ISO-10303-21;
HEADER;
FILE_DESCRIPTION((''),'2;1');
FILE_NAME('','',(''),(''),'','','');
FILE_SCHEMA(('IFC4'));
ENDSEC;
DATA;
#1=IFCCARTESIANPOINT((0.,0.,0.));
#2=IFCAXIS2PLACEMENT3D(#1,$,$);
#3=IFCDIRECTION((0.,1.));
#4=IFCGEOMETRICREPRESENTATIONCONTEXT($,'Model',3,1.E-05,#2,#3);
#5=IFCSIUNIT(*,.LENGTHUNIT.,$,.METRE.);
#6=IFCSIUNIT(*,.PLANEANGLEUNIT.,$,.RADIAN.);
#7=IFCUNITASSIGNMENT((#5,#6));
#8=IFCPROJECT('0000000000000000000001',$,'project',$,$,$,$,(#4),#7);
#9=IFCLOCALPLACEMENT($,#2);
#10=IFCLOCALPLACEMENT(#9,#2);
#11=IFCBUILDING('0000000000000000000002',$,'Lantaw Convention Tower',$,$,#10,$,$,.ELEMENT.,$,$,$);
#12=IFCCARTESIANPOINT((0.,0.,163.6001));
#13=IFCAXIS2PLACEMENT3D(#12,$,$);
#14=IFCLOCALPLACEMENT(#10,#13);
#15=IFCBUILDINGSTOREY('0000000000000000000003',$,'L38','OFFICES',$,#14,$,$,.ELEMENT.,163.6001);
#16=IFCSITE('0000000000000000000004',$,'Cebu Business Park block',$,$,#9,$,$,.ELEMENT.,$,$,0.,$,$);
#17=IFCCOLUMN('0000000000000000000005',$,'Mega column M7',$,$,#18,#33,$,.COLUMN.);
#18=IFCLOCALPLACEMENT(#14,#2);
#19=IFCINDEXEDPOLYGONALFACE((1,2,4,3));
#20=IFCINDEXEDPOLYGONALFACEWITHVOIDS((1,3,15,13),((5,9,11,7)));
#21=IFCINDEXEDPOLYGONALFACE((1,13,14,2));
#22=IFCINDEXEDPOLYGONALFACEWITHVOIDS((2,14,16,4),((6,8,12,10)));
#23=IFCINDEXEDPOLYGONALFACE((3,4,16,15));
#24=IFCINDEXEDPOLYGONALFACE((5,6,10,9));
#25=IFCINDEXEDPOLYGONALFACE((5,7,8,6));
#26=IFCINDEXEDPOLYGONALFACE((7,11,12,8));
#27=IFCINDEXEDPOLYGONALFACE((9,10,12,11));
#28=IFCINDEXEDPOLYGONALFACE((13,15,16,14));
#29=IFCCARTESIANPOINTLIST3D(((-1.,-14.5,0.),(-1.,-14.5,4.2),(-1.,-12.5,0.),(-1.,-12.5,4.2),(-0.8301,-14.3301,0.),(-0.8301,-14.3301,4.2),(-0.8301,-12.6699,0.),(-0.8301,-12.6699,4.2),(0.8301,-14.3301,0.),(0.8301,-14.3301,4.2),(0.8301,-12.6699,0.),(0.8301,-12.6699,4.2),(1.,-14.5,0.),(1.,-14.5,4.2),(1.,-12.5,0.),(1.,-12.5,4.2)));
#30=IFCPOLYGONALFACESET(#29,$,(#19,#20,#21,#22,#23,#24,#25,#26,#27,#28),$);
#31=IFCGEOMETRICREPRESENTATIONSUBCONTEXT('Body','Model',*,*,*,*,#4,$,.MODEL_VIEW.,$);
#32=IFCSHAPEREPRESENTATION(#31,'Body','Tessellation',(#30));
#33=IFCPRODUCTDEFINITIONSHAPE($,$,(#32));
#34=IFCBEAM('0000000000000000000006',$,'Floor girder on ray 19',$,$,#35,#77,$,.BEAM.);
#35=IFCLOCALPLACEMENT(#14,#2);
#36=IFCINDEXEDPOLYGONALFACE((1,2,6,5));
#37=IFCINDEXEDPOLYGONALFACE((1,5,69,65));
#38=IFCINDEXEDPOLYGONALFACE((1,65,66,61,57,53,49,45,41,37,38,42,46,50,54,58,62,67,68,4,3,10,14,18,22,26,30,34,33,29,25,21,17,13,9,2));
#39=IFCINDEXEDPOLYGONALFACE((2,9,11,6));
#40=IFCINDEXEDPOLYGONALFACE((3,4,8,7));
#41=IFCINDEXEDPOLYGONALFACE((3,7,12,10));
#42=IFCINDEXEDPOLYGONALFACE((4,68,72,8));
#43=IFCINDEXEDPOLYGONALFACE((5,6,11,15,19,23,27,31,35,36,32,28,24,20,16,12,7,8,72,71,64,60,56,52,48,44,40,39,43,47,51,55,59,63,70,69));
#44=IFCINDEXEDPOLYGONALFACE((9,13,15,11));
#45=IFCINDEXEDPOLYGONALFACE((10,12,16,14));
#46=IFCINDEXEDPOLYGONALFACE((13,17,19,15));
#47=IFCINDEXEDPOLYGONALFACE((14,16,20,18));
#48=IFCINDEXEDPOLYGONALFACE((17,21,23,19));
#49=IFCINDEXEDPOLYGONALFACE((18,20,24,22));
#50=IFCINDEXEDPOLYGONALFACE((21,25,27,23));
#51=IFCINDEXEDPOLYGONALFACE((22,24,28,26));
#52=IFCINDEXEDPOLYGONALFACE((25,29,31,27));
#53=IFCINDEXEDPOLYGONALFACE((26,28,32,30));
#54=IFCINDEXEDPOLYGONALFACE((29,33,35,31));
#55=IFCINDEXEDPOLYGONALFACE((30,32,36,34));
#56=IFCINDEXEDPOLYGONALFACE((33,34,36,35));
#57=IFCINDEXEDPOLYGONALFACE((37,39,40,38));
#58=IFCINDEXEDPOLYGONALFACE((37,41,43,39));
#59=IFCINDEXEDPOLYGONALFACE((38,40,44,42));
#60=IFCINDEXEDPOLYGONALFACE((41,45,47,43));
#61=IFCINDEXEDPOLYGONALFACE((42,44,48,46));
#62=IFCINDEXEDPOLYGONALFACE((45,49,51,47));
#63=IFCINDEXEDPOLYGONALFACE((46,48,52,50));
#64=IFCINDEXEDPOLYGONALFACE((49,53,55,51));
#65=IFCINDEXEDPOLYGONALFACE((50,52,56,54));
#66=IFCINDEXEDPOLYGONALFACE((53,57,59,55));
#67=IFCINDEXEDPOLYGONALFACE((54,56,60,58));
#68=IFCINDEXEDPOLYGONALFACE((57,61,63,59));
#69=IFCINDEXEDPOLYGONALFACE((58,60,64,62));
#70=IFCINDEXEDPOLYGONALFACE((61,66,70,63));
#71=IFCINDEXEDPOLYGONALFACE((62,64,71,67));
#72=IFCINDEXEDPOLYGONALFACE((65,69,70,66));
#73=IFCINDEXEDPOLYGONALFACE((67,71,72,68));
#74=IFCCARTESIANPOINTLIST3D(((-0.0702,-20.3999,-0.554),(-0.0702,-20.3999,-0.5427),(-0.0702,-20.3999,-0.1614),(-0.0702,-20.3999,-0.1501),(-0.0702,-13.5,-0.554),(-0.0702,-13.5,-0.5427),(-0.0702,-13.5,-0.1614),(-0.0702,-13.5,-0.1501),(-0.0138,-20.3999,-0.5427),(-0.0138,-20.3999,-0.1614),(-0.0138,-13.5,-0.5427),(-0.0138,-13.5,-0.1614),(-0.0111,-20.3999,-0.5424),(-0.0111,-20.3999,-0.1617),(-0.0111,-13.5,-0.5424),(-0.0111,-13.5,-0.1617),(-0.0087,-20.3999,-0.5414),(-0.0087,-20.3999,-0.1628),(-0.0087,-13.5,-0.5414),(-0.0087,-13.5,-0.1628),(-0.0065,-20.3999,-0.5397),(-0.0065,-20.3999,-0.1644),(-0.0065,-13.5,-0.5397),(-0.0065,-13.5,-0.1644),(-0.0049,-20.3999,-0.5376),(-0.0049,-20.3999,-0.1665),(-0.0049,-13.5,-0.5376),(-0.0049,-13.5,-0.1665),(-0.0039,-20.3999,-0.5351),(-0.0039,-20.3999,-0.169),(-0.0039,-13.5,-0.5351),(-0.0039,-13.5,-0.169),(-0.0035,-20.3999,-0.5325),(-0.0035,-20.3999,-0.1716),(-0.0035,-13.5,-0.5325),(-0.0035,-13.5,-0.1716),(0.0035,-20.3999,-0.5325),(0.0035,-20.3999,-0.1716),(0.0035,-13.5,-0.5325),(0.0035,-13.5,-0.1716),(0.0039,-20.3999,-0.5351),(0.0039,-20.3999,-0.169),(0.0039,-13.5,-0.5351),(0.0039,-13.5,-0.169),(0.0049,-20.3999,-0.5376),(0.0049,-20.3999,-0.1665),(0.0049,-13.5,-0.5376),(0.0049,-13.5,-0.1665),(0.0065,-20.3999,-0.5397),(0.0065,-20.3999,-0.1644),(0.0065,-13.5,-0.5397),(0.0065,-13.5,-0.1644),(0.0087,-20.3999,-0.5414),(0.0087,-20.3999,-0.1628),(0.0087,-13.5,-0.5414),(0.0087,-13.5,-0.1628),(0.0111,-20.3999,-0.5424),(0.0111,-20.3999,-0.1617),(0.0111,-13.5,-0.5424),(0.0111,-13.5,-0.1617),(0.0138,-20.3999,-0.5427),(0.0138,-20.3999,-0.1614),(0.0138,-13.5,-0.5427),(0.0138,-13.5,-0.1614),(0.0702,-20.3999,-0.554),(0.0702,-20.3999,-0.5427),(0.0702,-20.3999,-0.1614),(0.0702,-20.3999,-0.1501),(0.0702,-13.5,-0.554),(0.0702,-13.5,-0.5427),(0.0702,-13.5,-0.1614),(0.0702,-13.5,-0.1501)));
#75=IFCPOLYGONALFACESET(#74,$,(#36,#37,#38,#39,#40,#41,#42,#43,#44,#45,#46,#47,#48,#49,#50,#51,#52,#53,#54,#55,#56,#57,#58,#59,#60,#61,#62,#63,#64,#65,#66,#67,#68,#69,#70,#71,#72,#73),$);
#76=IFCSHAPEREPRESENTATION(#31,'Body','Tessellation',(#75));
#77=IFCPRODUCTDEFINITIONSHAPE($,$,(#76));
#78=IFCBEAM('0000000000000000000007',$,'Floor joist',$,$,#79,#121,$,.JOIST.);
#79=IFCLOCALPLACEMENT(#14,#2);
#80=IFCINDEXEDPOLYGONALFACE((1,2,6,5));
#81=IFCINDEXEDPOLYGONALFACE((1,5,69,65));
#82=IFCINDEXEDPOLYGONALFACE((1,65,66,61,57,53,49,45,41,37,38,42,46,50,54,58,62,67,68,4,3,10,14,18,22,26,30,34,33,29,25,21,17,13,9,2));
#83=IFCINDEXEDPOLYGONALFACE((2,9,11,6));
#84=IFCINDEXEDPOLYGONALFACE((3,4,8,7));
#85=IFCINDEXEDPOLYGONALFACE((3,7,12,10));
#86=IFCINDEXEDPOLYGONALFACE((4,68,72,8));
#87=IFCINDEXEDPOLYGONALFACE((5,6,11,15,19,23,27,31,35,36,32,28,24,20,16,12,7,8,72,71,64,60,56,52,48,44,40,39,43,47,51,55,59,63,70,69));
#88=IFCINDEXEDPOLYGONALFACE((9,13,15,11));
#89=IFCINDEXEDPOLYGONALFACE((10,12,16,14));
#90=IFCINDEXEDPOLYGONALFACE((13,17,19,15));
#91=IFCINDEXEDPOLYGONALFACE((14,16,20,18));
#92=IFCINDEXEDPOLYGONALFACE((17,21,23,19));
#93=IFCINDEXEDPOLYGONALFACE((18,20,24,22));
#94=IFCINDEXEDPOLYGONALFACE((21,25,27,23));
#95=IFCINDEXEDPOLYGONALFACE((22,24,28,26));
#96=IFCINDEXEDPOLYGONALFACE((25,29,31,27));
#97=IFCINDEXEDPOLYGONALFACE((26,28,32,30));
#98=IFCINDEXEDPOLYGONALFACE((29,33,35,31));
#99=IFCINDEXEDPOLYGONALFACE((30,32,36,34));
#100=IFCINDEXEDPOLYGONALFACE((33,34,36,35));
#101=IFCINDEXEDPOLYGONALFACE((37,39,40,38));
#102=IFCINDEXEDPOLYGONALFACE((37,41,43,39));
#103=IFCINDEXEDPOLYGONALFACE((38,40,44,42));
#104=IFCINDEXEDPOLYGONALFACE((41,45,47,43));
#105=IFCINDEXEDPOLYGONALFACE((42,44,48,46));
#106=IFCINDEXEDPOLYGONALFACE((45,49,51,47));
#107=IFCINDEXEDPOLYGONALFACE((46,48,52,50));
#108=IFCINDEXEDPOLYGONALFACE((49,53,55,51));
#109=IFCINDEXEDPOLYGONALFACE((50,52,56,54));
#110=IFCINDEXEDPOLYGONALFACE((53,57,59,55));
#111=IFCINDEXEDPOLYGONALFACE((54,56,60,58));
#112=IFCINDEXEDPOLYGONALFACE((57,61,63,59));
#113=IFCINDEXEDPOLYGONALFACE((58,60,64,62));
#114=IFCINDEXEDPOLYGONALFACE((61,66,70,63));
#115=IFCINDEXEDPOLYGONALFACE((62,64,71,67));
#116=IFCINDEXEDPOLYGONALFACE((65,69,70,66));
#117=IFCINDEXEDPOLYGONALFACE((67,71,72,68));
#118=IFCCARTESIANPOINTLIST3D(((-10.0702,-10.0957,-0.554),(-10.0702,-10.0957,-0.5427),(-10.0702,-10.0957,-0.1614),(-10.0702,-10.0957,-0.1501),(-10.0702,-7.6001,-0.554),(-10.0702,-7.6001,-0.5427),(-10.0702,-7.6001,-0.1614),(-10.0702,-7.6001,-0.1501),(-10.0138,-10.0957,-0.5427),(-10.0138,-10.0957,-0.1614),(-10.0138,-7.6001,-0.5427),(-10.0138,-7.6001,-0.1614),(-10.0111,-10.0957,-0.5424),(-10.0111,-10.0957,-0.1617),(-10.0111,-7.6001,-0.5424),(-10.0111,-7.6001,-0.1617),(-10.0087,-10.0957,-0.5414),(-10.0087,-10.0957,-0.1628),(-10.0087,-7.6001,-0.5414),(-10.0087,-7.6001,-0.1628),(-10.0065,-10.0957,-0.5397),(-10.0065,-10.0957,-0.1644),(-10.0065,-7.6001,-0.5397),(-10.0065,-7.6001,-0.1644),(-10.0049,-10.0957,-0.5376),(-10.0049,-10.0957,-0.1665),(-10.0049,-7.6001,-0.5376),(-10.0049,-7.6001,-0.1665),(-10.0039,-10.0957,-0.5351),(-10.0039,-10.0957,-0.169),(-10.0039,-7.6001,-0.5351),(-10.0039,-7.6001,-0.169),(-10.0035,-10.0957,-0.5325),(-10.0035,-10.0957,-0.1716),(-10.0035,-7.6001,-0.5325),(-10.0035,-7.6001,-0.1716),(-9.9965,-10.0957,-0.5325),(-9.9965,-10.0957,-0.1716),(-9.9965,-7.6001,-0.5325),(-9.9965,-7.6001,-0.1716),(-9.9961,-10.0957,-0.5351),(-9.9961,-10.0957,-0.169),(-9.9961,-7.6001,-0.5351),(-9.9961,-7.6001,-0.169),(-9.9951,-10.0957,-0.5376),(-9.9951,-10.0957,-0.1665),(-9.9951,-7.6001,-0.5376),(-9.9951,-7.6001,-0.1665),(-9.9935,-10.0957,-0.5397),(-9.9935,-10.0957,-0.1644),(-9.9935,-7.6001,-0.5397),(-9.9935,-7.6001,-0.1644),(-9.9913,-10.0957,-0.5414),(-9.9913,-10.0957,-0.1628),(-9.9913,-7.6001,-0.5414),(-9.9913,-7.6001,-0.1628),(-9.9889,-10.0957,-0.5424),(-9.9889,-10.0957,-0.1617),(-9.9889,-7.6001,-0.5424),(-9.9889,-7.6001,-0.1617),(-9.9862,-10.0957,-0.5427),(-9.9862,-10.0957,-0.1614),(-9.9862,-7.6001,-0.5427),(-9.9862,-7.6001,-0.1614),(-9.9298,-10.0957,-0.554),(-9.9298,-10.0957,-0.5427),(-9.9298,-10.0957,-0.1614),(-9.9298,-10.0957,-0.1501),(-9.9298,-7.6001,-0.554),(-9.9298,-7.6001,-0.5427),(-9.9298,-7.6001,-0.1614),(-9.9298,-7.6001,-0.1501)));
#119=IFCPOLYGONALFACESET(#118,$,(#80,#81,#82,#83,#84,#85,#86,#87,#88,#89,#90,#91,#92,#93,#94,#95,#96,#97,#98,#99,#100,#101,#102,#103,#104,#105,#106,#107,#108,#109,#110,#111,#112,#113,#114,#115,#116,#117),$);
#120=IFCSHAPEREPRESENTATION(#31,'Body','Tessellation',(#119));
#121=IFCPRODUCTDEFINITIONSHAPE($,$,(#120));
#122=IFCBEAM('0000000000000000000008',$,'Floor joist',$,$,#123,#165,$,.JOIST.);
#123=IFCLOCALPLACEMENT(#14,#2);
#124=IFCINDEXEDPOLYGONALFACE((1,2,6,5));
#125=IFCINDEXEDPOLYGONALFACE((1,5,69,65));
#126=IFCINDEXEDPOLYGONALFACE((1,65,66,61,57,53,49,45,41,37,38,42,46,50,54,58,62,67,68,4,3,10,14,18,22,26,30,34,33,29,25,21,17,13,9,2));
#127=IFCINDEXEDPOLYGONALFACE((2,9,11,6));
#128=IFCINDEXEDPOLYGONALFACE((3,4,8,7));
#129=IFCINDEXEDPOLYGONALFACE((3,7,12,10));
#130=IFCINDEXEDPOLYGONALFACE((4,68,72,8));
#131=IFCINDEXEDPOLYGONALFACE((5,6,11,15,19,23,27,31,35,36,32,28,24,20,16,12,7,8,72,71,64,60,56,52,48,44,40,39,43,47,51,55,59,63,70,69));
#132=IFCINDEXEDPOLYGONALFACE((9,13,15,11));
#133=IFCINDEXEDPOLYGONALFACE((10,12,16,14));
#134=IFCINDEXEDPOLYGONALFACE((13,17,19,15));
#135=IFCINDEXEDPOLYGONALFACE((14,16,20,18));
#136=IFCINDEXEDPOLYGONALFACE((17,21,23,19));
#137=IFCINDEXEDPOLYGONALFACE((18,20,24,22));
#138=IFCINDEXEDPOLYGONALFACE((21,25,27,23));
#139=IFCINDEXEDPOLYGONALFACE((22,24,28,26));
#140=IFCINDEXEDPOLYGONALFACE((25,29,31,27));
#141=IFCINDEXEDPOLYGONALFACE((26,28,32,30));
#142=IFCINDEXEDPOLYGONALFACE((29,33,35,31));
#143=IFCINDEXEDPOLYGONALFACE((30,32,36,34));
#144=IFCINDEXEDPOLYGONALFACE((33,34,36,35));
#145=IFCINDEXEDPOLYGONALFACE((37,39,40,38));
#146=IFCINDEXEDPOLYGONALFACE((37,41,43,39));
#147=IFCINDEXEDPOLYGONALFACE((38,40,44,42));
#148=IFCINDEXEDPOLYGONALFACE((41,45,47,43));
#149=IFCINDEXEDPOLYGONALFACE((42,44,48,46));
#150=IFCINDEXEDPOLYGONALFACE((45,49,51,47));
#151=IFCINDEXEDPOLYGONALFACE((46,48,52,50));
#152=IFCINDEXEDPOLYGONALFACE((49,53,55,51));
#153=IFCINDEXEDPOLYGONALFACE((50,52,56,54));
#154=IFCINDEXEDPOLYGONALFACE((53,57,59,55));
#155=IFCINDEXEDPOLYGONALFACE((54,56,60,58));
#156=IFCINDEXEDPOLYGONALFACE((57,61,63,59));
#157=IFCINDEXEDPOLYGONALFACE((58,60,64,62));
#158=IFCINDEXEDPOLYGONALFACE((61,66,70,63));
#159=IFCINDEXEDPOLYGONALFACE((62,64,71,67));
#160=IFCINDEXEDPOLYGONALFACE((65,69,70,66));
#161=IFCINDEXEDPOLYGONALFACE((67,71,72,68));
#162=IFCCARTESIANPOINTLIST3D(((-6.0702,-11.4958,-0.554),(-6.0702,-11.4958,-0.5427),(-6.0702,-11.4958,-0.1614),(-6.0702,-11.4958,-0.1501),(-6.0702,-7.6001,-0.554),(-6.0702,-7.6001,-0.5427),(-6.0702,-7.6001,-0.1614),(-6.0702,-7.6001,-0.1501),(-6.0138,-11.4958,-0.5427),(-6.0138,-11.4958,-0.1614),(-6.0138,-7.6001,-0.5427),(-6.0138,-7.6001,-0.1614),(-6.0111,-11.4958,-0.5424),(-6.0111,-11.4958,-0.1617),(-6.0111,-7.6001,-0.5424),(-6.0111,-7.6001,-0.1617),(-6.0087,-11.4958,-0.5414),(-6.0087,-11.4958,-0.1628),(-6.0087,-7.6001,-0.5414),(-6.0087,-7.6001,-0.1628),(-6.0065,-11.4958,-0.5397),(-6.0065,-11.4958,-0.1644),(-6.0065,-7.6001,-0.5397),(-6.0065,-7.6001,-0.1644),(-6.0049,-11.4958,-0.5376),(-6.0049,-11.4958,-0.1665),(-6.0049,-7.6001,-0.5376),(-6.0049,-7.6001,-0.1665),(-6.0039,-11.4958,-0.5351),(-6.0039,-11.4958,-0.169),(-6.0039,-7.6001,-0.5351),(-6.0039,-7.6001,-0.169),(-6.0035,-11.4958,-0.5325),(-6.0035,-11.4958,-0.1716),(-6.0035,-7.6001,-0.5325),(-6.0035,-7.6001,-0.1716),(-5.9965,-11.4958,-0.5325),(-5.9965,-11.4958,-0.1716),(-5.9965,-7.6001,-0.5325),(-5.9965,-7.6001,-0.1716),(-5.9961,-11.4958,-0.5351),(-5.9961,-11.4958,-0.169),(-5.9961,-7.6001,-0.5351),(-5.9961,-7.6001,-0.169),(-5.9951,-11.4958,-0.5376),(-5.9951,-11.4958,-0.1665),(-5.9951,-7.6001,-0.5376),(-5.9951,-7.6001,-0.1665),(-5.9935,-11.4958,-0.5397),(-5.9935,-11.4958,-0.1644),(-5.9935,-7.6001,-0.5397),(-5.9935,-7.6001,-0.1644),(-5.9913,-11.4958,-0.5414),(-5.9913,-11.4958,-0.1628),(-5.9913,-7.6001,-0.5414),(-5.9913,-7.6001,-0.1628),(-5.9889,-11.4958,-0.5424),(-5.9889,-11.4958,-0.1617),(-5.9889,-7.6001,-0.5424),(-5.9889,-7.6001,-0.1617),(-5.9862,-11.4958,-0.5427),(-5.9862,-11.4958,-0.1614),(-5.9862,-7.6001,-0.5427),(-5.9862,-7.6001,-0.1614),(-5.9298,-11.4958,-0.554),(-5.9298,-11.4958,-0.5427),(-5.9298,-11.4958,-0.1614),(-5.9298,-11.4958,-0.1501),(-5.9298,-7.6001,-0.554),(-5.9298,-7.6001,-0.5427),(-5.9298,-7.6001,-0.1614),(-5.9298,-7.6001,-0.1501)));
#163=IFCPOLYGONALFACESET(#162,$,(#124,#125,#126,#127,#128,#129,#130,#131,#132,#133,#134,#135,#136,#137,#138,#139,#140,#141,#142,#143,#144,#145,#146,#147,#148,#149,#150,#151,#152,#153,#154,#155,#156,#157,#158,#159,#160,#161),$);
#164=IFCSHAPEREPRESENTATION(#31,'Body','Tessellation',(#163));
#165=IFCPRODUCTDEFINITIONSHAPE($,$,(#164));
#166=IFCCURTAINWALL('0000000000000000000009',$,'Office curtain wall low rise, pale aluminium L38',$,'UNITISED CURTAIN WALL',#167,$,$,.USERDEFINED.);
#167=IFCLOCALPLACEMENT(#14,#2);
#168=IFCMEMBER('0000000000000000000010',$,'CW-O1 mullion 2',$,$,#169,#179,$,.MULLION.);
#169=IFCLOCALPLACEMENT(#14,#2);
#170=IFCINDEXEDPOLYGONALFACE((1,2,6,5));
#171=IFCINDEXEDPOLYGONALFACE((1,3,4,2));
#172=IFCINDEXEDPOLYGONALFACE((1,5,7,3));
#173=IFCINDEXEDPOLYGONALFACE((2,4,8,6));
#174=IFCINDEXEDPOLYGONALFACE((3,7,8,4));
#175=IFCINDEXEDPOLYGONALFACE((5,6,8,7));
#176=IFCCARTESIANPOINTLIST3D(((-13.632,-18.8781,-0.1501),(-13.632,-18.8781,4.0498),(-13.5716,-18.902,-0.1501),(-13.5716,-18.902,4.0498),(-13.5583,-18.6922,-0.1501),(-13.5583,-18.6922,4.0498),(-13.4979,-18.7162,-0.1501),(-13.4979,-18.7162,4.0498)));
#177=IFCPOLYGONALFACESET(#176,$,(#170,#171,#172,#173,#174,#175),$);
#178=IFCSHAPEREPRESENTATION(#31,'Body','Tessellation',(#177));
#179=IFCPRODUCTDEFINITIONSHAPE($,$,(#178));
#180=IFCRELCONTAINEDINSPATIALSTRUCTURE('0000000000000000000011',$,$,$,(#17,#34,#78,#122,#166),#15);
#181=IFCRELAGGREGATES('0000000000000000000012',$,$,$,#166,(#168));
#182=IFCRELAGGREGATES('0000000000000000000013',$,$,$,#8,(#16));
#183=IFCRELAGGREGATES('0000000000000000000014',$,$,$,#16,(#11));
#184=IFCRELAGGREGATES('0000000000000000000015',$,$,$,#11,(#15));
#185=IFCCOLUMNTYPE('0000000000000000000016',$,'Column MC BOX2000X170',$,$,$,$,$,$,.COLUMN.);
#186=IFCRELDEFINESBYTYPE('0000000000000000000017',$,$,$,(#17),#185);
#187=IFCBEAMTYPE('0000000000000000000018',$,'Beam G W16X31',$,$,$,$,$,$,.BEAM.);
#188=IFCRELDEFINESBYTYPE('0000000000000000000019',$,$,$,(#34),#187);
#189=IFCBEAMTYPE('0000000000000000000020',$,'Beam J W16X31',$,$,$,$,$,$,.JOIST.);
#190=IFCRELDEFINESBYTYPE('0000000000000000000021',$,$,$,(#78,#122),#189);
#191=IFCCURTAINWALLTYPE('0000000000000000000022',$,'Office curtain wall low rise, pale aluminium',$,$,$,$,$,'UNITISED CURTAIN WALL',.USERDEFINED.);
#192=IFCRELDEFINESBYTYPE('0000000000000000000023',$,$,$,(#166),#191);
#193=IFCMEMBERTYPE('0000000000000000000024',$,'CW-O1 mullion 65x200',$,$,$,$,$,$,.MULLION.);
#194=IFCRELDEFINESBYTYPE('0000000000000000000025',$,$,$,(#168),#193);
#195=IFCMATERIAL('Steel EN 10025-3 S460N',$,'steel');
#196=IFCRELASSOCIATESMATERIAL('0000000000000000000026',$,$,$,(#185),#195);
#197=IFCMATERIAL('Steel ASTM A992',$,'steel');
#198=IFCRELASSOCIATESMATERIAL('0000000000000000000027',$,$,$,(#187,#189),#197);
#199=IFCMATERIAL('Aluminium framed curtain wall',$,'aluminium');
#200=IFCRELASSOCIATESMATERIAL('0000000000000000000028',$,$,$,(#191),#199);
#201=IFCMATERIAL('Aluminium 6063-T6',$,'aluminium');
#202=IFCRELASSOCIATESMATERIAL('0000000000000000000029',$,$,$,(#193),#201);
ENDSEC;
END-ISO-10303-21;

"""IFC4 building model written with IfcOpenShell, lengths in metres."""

from ifc_helpers import new_model, si_unit, direction, frame, origin, origin_2d, place, context, subcontext, project, spatial, rectangle, hollow_rectangle, i_section, extrude, material, material_profile, profile_set, type_object, element, aggregate, save


model = new_model("IFC4")

# Units and contexts
model_context = context("Model", 3, precision=1e-05, world=origin(), true_north=direction((0.0, 1.0)))
body_context = subcontext(model_context, "Body", "Model", "MODEL_VIEW")
ifc_project = project(units=[si_unit("LENGTHUNIT", "METRE"), si_unit("PLANEANGLEUNIT", "RADIAN")], contexts=[model_context])

# Site, building, storey
site_placement = place(None, origin())
site = spatial("IfcSite", under=ifc_project, at=site_placement, Name="Cebu Business Park block", CompositionType="ELEMENT", RefElevation=0.0)
building_placement = place(site_placement, origin())
building = spatial("IfcBuilding", under=site, at=building_placement, Name="Lantaw Convention Tower", CompositionType="ELEMENT")
storey_placement = place(building_placement, frame((0.0, 0.0, 163.6001)))
storey = spatial("IfcBuildingStorey", under=building, at=storey_placement, Name="L38", Description="OFFICES", CompositionType="ELEMENT", Elevation=163.6001)

# Column
ifc_material_1 = material(Name="Steel EN 10025-3 S460N", Category="steel")
ifc_material_profile_1 = material_profile(ifc_material_1, hollow_rectangle(XDim=2.0, YDim=2.0, WallThickness=0.1699, at=origin_2d()), Name="BOX2000X170")
ifc_material_2 = material(Name="Concrete C60/75", Category="concrete")
ifc_material_profile_2 = material_profile(ifc_material_2, rectangle(XDim=1.6599, YDim=1.6599, at=origin_2d()), Name="Concrete fill of BOX2000X170")
ifc_profile_set_1 = profile_set([ifc_material_profile_1, ifc_material_profile_2], Name="Steel EN 10025-3 S460N")
column_type = type_object("IfcColumnType", Name="Column MC BOX2000X170", PredefinedType="COLUMN", material=ifc_profile_set_1)
column_placement = place(storey_placement, frame((0.0, -13.5, 0.0), z_axis=(0.0, 0.0, 1.0), x_axis=(1.0, 0.0, 0.0)))
element("IfcColumn", 1, at=column_placement, inside=storey, type_object=column_type, Name="Mega column M7", PredefinedType="COLUMN", context=body_context, shape_type="SweptSolid", body=[
    extrude(hollow_rectangle(XDim=2.0, YDim=2.0, WallThickness=0.1699, at=origin_2d()), origin(), (0.0, 0.0, 1.0), 4.2),
])

# Beams
ifc_material_3 = material(Name="Steel ASTM A992", Category="steel")
ifc_material_profile_3 = material_profile(ifc_material_3, i_section(OverallWidth=0.1404, OverallDepth=0.4038, WebThickness=0.0071, FlangeThickness=0.0112, FilletRadius=0.0103, at=origin_2d()), Name="W16X31")
ifc_profile_set_2 = profile_set([ifc_material_profile_3], Name="Steel ASTM A992")
beam_type_1 = type_object("IfcBeamType", Name="Beam G W16X31", PredefinedType="BEAM", material=ifc_profile_set_2)
beam_1_placement = place(storey_placement, frame((0.0, -13.5, -0.3521), z_axis=(0.0, -1.0, 0.0), x_axis=(1.0, 0.0, 0.0)))
element("IfcBeam", 2, at=beam_1_placement, inside=storey, type_object=beam_type_1, Name="Floor girder on ray 19", PredefinedType="BEAM", context=body_context, shape_type="SweptSolid", body=[
    extrude(i_section(OverallWidth=0.1404, OverallDepth=0.4038, WebThickness=0.0071, FlangeThickness=0.0112, FilletRadius=0.0103, at=origin_2d()), origin(), (0.0, 0.0, 1.0), 6.8999),
])
ifc_material_profile_4 = material_profile(ifc_material_3, i_section(OverallWidth=0.1404, OverallDepth=0.4038, WebThickness=0.0071, FlangeThickness=0.0112, FilletRadius=0.0103, at=origin_2d()), Name="W16X31")
ifc_profile_set_3 = profile_set([ifc_material_profile_4], Name="Steel ASTM A992")
beam_type_2 = type_object("IfcBeamType", Name="Beam J W16X31", PredefinedType="JOIST", material=ifc_profile_set_3)
beam_2_placement = place(storey_placement, frame((-10.0, -10.0957, -0.3521), z_axis=(0.0, 1.0, 0.0), x_axis=(-1.0, 0.0, 0.0)))
element("IfcBeam", 3, at=beam_2_placement, inside=storey, type_object=beam_type_2, Name="Floor joist", PredefinedType="JOIST", context=body_context, shape_type="SweptSolid", body=[
    extrude(i_section(OverallWidth=0.1404, OverallDepth=0.4038, WebThickness=0.0071, FlangeThickness=0.0112, FilletRadius=0.0103, at=origin_2d()), origin(), (0.0, 0.0, 1.0), 2.4956),
])
beam_3_placement = place(storey_placement, frame((-6.0, -11.4958, -0.3521), z_axis=(0.0, 1.0, 0.0), x_axis=(-1.0, 0.0, 0.0)))
element("IfcBeam", 4, at=beam_3_placement, inside=storey, type_object=beam_type_2, Name="Floor joist", PredefinedType="JOIST", context=body_context, shape_type="SweptSolid", body=[
    extrude(i_section(OverallWidth=0.1404, OverallDepth=0.4038, WebThickness=0.0071, FlangeThickness=0.0112, FilletRadius=0.0103, at=origin_2d()), origin(), (0.0, 0.0, 1.0), 3.8958),
])

# Curtain wall, member
ifc_material_4 = material(Name="Aluminium framed curtain wall", Category="aluminium")
curtain_wall_type = type_object("IfcCurtainWallType", Name="Office curtain wall low rise, pale aluminium", ElementType="UNITISED CURTAIN WALL", PredefinedType="USERDEFINED", material=ifc_material_4)
curtain_wall_placement = place(storey_placement, origin())
curtain_wall = element("IfcCurtainWall", 5, at=curtain_wall_placement, inside=storey, type_object=curtain_wall_type, Name="Office curtain wall low rise, pale aluminium L38", ObjectType="UNITISED CURTAIN WALL", PredefinedType="USERDEFINED")
ifc_material_5 = material(Name="Aluminium 6063-T6", Category="aluminium")
ifc_material_profile_5 = material_profile(ifc_material_5, rectangle(XDim=0.2, YDim=0.0649, at=origin_2d()), Name="CW-O1 mullion 65x200")
ifc_profile_set_4 = profile_set([ifc_material_profile_5], Name="Aluminium 6063-T6")
member_type_1 = type_object("IfcMemberType", Name="CW-O1 mullion 65x200", PredefinedType="MULLION", material=ifc_profile_set_4)
member_1_placement = place(storey_placement, frame((-13.5649, -18.7971, -0.1501), z_axis=(0.0, 0.0, 1.0), x_axis=(0.368702, 0.929548, 0.0)))
member_1 = element("IfcMember", 6, at=member_1_placement, type_object=member_type_1, Name="CW-O1 mullion 2", PredefinedType="MULLION", context=body_context, shape_type="SweptSolid", body=[
    extrude(rectangle(XDim=0.2, YDim=0.0649, at=origin_2d()), origin(), (0.0, 0.0, 1.0), 4.2),
])
aggregate(curtain_wall, [member_1])

save(model, "model.ifc")
